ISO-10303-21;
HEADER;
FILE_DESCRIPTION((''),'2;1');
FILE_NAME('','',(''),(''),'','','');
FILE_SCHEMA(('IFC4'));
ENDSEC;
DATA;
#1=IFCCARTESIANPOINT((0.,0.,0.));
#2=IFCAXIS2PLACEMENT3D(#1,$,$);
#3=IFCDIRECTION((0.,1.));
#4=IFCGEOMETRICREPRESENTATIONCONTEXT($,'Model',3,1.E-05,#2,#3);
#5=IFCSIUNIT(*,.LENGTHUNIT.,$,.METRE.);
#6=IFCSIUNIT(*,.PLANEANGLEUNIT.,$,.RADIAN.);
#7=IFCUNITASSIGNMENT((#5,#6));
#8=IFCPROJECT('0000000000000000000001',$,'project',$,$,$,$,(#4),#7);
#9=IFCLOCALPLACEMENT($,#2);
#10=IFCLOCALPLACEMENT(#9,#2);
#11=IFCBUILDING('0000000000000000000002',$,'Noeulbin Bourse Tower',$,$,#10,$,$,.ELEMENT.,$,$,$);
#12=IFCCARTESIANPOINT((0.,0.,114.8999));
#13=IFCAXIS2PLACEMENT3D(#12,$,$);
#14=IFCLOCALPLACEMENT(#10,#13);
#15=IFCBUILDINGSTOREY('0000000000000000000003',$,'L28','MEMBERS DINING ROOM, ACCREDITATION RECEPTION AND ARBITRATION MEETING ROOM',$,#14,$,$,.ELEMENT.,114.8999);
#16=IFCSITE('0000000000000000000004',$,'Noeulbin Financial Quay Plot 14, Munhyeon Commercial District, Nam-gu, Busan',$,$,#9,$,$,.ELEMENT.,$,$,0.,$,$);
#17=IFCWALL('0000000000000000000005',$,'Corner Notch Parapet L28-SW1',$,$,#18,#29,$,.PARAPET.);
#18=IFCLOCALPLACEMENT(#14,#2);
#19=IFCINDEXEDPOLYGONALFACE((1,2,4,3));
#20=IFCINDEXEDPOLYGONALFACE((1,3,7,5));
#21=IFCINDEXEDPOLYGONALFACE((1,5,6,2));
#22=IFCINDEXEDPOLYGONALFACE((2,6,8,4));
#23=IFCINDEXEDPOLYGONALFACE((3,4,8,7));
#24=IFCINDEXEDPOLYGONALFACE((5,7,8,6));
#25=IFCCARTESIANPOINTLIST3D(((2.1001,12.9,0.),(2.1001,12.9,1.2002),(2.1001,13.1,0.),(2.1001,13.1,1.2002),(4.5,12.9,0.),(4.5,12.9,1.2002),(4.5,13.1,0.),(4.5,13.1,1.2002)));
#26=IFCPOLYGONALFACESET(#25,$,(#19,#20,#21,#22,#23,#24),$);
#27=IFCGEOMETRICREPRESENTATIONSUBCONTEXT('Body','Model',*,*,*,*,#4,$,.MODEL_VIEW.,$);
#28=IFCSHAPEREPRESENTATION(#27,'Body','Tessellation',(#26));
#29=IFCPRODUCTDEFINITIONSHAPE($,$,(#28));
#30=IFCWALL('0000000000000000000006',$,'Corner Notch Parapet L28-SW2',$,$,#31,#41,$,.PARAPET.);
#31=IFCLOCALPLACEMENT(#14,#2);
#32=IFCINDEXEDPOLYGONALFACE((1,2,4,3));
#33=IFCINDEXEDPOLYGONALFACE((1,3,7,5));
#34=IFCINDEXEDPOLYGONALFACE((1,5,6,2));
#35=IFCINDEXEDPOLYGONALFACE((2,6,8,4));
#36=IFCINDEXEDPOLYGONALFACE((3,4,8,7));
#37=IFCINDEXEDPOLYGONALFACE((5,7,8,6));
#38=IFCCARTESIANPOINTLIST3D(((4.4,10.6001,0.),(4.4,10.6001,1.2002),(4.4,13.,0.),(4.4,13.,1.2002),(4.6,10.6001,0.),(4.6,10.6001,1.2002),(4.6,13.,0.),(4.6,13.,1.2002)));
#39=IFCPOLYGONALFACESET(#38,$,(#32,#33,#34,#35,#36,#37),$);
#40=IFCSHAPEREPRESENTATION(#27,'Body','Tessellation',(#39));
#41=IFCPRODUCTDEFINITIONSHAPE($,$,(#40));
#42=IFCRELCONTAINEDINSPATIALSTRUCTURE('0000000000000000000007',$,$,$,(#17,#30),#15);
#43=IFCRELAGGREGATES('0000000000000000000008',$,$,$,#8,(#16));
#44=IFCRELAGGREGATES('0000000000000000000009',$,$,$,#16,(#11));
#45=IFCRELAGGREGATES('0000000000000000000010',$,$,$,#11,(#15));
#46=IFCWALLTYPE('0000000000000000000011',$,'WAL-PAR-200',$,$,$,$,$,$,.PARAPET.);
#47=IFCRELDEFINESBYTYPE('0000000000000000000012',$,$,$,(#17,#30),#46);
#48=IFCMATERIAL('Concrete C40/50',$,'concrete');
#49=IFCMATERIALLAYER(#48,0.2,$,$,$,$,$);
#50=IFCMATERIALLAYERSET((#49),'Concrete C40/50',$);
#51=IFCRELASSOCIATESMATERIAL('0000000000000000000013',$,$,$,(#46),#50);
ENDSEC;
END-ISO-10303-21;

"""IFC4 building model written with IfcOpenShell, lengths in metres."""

from ifc_helpers import new_model, si_unit, direction, frame, frame_2d, origin, place, context, subcontext, project, spatial, rectangle, extrude, material, layer, layer_set, type_object, element, save


model = new_model("IFC4")

# Units and contexts
model_context = context("Model", 3, precision=1e-05, world=origin(), true_north=direction((0.0, 1.0)))
body_context = subcontext(model_context, "Body", "Model", "MODEL_VIEW")
ifc_project = project(units=[si_unit("LENGTHUNIT", "METRE"), si_unit("PLANEANGLEUNIT", "RADIAN")], contexts=[model_context])

# Site, building, storey
site_placement = place(None, origin())
site = spatial("IfcSite", under=ifc_project, at=site_placement, Name="Noeulbin Financial Quay Plot 14, Munhyeon Commercial District, Nam-gu, Busan", CompositionType="ELEMENT", RefElevation=0.0)
building_placement = place(site_placement, origin())
building = spatial("IfcBuilding", under=site, at=building_placement, Name="Noeulbin Bourse Tower", CompositionType="ELEMENT")
storey_placement = place(building_placement, frame((0.0, 0.0, 114.8999)))
storey = spatial("IfcBuildingStorey", under=building, at=storey_placement, Name="L28", Description="MEMBERS DINING ROOM, ACCREDITATION RECEPTION AND ARBITRATION MEETING ROOM", CompositionType="ELEMENT", Elevation=114.8999)

# Walls
ifc_material_1 = material(Name="Concrete C40/50", Category="concrete")
ifc_layer_1 = layer(ifc_material_1, 0.2)
ifc_layer_set_1 = layer_set([ifc_layer_1], Name="Concrete C40/50")
wall_type = type_object("IfcWallType", Name="WAL-PAR-200", PredefinedType="PARAPET", material=ifc_layer_set_1)
for number, where, z_axis, x_axis, name in (
    (1, (2.1001, 13.0, 0.0), (0.0, 0.0, 1.0), (1.0, 0.0, 0.0), "Corner Notch Parapet L28-SW1"),
    (2, (4.5, 13.0, 0.0), (0.0, 0.0, 1.0), (0.0, -1.0, 0.0), "Corner Notch Parapet L28-SW2"),
):
    element("IfcWall", number, at=place(storey_placement, frame(where, z_axis=z_axis, x_axis=x_axis)), inside=storey, type_object=wall_type, Name=name, PredefinedType="PARAPET", context=body_context, shape_type="SweptSolid", body=[
        extrude(rectangle(XDim=2.3999, YDim=0.2, at=frame_2d((1.2, 0.0))), origin(), (0.0, 0.0, 1.0), 1.2002),
    ])

save(model, "model.ifc")
